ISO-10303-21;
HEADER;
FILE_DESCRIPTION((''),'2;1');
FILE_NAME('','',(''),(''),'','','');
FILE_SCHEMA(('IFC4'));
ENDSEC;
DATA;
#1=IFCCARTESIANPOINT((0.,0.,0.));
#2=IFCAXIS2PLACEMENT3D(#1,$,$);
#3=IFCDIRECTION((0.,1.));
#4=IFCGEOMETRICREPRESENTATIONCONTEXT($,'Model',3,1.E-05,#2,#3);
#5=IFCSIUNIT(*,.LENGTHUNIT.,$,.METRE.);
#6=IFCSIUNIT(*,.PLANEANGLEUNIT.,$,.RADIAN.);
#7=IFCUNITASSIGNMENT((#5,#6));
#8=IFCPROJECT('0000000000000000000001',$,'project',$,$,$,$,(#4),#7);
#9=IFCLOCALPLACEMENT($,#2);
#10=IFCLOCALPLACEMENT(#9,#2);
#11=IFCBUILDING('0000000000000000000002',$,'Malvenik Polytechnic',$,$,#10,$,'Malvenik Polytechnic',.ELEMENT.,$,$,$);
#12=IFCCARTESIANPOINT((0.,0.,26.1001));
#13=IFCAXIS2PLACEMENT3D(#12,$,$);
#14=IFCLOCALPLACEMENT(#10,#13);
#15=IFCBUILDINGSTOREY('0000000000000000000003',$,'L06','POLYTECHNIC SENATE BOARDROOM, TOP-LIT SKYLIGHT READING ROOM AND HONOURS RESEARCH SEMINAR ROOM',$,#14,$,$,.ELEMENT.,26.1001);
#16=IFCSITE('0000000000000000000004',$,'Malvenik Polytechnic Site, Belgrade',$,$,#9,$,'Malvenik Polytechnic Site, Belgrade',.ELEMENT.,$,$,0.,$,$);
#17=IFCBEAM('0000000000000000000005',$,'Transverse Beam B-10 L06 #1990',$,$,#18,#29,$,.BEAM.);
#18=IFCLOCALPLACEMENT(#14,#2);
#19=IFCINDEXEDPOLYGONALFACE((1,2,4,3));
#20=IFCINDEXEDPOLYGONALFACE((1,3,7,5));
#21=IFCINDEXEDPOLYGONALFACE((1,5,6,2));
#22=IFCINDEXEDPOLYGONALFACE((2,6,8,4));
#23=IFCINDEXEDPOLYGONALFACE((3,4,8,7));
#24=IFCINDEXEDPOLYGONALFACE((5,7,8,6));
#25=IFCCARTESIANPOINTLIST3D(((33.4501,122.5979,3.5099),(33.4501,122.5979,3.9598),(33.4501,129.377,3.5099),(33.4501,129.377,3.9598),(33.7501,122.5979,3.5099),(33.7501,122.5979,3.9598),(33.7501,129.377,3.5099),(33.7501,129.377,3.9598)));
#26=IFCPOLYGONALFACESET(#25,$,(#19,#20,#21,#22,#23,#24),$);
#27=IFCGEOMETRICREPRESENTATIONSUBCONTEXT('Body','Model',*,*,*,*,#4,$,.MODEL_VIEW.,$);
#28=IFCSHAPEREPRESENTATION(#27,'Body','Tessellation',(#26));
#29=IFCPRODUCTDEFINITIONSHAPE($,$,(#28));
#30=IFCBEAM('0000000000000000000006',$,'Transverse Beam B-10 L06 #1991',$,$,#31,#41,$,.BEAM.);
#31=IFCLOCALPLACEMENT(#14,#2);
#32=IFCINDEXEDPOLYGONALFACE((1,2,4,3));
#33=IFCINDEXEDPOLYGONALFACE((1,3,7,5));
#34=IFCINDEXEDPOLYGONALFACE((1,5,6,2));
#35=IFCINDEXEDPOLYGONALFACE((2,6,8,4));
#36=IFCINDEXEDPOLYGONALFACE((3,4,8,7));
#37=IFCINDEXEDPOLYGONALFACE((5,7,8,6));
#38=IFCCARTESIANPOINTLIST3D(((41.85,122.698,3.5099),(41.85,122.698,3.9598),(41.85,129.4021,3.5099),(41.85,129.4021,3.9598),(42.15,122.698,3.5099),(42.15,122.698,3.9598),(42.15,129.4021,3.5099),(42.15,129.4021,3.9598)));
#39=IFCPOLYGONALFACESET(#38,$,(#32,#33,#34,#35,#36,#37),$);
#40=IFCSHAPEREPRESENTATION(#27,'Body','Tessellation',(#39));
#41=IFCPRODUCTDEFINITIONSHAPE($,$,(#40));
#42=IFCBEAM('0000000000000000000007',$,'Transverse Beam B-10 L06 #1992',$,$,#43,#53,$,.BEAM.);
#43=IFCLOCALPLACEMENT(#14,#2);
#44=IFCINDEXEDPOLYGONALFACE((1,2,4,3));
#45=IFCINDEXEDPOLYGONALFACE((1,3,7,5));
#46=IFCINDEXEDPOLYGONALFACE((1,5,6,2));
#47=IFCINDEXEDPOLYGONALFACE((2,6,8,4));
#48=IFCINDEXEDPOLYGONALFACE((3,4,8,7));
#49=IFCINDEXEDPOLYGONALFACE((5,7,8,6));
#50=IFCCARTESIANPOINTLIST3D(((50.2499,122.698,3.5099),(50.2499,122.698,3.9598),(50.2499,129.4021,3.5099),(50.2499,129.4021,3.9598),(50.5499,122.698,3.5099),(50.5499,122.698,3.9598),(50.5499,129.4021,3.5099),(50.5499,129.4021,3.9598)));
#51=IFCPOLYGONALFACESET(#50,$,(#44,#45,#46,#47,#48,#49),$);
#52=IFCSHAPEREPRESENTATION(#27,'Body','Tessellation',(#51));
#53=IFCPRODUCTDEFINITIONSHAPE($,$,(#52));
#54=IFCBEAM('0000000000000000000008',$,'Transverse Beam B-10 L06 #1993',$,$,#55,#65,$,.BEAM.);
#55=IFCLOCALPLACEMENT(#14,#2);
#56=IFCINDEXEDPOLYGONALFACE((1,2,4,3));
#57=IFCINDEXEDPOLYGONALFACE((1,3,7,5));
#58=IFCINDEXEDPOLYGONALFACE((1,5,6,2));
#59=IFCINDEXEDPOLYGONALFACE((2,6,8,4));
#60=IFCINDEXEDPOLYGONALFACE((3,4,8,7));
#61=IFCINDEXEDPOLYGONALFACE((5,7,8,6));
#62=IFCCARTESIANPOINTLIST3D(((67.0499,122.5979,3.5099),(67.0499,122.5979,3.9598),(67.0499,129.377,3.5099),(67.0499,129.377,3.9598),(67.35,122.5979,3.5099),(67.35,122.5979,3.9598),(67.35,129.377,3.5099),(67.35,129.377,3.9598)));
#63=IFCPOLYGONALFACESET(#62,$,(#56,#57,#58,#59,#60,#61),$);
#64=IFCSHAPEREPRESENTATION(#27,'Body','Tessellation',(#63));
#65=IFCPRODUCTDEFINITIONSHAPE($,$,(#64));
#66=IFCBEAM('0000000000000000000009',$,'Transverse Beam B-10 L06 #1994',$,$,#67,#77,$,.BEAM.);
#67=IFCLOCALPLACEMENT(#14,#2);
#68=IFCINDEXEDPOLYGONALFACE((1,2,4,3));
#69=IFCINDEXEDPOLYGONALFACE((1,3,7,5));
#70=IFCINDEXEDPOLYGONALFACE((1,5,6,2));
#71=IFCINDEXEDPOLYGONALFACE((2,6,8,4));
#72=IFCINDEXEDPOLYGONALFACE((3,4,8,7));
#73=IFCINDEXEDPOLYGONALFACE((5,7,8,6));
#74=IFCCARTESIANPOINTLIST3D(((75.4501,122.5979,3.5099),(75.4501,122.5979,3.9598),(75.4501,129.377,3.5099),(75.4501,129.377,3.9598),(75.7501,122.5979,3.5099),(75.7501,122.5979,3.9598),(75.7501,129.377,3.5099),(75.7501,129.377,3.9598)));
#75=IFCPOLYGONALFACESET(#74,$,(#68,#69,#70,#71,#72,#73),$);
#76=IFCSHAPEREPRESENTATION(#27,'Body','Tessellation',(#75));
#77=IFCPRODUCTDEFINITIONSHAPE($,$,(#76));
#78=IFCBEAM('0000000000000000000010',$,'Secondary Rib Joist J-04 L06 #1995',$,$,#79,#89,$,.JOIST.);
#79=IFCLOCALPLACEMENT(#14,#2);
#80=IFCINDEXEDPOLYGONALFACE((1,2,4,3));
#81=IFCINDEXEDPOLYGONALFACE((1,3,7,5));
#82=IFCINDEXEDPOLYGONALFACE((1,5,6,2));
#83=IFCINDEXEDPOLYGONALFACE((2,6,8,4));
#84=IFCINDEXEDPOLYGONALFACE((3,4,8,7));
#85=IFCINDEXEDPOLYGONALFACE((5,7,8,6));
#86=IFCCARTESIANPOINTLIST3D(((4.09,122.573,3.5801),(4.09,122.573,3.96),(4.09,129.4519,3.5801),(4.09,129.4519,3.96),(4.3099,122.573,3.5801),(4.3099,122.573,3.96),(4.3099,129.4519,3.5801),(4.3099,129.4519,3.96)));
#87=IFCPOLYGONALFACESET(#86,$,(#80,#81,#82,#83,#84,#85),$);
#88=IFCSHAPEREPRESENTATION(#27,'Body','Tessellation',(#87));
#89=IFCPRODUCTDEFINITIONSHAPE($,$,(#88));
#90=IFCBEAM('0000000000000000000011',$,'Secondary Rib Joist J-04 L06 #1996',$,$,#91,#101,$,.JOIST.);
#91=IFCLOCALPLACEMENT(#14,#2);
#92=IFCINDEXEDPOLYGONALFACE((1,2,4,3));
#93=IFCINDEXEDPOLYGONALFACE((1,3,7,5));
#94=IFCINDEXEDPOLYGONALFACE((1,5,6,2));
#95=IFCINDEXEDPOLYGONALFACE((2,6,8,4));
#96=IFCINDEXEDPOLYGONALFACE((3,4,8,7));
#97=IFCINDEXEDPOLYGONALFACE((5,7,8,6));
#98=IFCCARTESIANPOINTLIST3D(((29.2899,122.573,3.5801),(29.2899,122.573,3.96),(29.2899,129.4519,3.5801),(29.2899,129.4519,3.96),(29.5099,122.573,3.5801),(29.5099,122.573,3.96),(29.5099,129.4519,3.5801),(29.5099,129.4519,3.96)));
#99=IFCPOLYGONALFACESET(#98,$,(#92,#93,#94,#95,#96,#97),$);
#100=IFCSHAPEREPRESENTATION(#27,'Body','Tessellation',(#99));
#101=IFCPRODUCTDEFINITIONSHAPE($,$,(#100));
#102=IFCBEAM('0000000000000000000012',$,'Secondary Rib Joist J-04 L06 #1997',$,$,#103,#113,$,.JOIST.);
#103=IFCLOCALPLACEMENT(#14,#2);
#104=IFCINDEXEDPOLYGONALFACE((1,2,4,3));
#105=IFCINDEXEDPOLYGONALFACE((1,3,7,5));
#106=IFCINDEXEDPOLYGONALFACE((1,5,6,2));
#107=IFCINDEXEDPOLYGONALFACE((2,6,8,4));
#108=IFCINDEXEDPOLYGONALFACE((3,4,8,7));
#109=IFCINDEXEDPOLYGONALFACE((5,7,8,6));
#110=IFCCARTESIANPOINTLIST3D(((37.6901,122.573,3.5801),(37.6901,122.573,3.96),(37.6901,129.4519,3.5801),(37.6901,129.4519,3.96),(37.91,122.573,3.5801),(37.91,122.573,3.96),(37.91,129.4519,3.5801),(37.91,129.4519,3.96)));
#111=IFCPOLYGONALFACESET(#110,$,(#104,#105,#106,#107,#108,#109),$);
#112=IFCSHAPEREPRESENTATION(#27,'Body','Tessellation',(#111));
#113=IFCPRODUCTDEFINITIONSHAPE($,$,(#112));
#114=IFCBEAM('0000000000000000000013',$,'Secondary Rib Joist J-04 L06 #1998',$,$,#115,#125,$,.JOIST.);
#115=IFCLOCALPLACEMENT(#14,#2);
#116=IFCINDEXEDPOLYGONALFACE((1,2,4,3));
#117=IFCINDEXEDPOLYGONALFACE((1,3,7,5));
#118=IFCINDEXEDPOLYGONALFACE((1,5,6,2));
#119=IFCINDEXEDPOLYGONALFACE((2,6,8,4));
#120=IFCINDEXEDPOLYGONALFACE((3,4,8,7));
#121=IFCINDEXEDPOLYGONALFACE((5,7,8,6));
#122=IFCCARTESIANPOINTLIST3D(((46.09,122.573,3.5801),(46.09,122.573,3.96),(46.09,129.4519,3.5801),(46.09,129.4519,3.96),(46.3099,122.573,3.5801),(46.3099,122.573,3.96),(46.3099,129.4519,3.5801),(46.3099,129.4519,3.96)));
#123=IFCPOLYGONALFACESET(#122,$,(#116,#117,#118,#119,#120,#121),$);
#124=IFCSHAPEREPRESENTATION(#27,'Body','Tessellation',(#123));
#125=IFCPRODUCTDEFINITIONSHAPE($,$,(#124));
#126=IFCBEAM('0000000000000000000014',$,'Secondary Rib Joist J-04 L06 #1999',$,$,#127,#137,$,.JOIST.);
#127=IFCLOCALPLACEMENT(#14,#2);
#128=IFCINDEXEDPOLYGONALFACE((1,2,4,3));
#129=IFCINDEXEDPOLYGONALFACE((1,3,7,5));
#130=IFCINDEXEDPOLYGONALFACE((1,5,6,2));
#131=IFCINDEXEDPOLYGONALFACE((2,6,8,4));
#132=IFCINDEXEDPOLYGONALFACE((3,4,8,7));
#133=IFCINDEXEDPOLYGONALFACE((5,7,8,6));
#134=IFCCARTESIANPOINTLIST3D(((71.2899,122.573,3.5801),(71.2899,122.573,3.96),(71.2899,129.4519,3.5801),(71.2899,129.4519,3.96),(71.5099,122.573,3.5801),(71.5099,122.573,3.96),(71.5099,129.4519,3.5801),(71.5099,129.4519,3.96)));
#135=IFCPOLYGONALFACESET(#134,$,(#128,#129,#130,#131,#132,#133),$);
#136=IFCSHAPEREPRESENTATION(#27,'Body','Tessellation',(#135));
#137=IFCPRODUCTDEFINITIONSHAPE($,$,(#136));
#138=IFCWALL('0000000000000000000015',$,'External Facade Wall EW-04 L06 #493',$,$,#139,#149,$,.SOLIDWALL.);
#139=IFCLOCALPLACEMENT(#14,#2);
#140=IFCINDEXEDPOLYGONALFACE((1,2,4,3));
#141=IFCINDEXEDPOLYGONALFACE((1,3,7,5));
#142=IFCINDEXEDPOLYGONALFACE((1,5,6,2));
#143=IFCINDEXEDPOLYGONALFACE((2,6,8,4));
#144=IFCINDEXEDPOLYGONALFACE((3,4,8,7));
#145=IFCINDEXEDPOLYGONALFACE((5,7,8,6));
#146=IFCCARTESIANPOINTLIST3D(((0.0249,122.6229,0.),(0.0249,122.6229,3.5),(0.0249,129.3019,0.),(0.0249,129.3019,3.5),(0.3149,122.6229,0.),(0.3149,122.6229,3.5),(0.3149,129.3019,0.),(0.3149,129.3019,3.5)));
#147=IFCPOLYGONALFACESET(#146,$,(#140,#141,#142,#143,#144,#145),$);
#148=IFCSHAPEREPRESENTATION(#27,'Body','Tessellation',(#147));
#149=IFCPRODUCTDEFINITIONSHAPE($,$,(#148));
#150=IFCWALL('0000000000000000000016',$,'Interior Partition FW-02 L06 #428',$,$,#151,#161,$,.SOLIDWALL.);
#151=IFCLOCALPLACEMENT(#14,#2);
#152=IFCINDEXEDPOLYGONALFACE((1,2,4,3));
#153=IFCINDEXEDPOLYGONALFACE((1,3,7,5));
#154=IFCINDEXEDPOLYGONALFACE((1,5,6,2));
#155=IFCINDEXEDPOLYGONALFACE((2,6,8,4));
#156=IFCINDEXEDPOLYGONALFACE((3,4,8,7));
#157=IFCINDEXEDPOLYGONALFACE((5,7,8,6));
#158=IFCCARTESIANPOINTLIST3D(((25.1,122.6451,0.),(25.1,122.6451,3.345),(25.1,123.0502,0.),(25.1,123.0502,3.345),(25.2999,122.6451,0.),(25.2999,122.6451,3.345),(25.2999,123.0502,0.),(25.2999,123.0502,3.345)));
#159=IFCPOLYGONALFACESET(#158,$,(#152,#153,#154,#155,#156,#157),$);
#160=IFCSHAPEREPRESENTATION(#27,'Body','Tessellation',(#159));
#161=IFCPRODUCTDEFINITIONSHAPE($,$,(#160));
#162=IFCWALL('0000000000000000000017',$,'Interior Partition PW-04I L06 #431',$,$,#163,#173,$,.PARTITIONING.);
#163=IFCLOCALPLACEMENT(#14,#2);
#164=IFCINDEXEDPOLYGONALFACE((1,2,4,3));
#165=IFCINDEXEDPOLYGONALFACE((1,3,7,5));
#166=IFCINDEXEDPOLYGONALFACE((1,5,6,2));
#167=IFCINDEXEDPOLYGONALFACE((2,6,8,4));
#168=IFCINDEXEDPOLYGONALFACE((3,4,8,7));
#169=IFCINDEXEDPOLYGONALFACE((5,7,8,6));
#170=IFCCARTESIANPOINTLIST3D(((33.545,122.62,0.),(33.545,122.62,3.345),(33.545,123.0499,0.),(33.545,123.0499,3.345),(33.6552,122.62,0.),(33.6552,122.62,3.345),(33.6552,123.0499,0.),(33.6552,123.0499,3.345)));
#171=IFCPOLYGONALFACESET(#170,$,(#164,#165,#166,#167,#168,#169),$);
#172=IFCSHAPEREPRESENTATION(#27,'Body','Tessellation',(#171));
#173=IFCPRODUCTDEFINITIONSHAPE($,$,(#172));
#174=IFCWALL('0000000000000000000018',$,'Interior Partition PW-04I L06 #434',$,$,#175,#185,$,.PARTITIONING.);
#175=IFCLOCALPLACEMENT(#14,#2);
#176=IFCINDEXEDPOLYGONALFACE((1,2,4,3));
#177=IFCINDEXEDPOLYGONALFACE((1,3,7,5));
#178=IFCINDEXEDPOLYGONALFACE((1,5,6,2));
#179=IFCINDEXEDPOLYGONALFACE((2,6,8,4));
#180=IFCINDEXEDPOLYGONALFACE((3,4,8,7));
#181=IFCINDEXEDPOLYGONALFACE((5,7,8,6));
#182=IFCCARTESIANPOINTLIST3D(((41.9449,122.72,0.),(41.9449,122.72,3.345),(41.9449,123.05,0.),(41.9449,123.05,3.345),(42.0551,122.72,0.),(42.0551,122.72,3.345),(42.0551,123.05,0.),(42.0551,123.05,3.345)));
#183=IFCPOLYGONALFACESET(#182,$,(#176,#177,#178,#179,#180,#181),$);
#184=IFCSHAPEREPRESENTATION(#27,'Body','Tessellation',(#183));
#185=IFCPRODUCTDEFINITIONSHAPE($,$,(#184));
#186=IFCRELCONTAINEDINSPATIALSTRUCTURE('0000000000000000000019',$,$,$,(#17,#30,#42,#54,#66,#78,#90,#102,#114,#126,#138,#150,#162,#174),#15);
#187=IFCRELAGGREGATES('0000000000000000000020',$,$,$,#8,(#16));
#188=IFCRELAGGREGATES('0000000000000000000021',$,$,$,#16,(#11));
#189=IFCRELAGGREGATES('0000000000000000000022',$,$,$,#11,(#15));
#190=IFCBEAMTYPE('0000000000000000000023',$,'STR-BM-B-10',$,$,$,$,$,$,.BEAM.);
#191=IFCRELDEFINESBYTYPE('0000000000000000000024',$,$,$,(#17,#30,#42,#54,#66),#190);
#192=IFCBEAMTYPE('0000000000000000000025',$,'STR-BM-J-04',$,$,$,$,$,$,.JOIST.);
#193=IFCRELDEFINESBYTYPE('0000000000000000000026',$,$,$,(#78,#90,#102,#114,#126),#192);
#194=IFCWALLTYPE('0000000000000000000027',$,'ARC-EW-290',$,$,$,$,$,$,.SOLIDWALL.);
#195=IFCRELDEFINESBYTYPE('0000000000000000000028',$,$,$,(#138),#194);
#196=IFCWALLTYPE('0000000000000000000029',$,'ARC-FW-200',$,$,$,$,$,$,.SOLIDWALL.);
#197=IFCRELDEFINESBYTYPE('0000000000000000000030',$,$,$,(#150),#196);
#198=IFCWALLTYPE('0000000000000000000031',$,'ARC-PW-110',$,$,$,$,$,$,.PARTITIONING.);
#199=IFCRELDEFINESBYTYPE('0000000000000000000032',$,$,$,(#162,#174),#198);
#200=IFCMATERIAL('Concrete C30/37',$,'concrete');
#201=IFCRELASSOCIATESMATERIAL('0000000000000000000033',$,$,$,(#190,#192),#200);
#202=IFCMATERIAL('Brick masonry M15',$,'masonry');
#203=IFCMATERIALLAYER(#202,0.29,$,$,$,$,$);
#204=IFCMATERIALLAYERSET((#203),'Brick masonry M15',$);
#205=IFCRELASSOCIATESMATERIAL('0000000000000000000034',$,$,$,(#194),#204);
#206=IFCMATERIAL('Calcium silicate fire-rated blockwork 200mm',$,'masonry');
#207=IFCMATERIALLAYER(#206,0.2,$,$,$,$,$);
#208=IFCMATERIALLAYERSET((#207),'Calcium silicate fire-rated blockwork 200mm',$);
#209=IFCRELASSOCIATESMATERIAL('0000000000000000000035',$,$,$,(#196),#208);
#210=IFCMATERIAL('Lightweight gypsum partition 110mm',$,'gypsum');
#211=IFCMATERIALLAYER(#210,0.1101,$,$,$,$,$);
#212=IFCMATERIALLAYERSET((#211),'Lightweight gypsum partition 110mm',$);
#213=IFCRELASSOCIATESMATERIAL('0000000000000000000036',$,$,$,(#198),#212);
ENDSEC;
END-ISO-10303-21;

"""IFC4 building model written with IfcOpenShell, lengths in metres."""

from ifc_helpers import new_model, si_unit, direction, frame, frame_2d, origin, origin_2d, place, context, subcontext, project, spatial, rectangle, extrude, material, layer, layer_set, material_profile, profile_set, type_object, element, save


model = new_model("IFC4")

# Units and contexts
model_context = context("Model", 3, precision=1e-05, world=origin(), true_north=direction((0.0, 1.0)))
body_context = subcontext(model_context, "Body", "Model", "MODEL_VIEW")
ifc_project = project(units=[si_unit("LENGTHUNIT", "METRE"), si_unit("PLANEANGLEUNIT", "RADIAN")], contexts=[model_context])

# Site, building, storey
site_placement = place(None, origin())
site = spatial("IfcSite", under=ifc_project, at=site_placement, Name="Malvenik Polytechnic Site, Belgrade", LongName="Malvenik Polytechnic Site, Belgrade", CompositionType="ELEMENT", RefElevation=0.0)
building_placement = place(site_placement, origin())
building = spatial("IfcBuilding", under=site, at=building_placement, Name="Malvenik Polytechnic", LongName="Malvenik Polytechnic", CompositionType="ELEMENT")
storey_placement = place(building_placement, frame((0.0, 0.0, 26.1001)))
storey = spatial("IfcBuildingStorey", under=building, at=storey_placement, Name="L06", Description="POLYTECHNIC SENATE BOARDROOM, TOP-LIT SKYLIGHT READING ROOM AND HONOURS RESEARCH SEMINAR ROOM", CompositionType="ELEMENT", Elevation=26.1001)

# Shared definitions
ifc_material_1 = material(Name="Concrete C30/37", Category="concrete")

# Beams
ifc_material_profile_1 = material_profile(ifc_material_1, rectangle(XDim=0.3, YDim=0.45, at=origin_2d()), Name="RC BM 300x450")
ifc_profile_set_1 = profile_set([ifc_material_profile_1], Name="Concrete C30/37")
beam_type_1 = type_object("IfcBeamType", Name="STR-BM-B-10", PredefinedType="BEAM", material=ifc_profile_set_1)
beam_1_placement = place(storey_placement, frame((33.6001, 122.5979, 3.7349), z_axis=(0.0, 1.0, 0.0), x_axis=(-1.0, 0.0, 0.0)))
element("IfcBeam", 1, at=beam_1_placement, inside=storey, type_object=beam_type_1, Name="Transverse Beam B-10 L06 #1990", PredefinedType="BEAM", context=body_context, shape_type="SweptSolid", body=[
    extrude(rectangle(XDim=0.3, YDim=0.45, at=origin_2d()), origin(), (0.0, 0.0, 1.0), 6.7791),
])
for number, where, z_axis, x_axis, name in (
    (2, (42.0, 122.698, 3.7349), (0.0, 1.0, 0.0), (-1.0, 0.0, 0.0), "Transverse Beam B-10 L06 #1991"),
    (3, (50.3999, 122.698, 3.7349), (0.0, 1.0, 0.0), (-1.0, 0.0, 0.0), "Transverse Beam B-10 L06 #1992"),
):
    element("IfcBeam", number, at=place(storey_placement, frame(where, z_axis=z_axis, x_axis=x_axis)), inside=storey, type_object=beam_type_1, Name=name, PredefinedType="BEAM", context=body_context, shape_type="SweptSolid", body=[
        extrude(rectangle(XDim=0.3, YDim=0.45, at=origin_2d()), origin(), (0.0, 0.0, 1.0), 6.7041),
    ])
for number, where, z_axis, x_axis, name in (
    (4, (67.2, 122.5979, 3.7349), (0.0, 1.0, 0.0), (-1.0, 0.0, 0.0), "Transverse Beam B-10 L06 #1993"),
    (5, (75.6001, 122.5979, 3.7349), (0.0, 1.0, 0.0), (-1.0, 0.0, 0.0), "Transverse Beam B-10 L06 #1994"),
):
    element("IfcBeam", number, at=place(storey_placement, frame(where, z_axis=z_axis, x_axis=x_axis)), inside=storey, type_object=beam_type_1, Name=name, PredefinedType="BEAM", context=body_context, shape_type="SweptSolid", body=[
        extrude(rectangle(XDim=0.3, YDim=0.45, at=origin_2d()), origin(), (0.0, 0.0, 1.0), 6.7791),
    ])
ifc_material_profile_2 = material_profile(ifc_material_1, rectangle(XDim=0.22, YDim=0.3799, at=origin_2d()), Name="RC JST 220x380")
ifc_profile_set_2 = profile_set([ifc_material_profile_2], Name="Concrete C30/37")
beam_type_2 = type_object("IfcBeamType", Name="STR-BM-J-04", PredefinedType="JOIST", material=ifc_profile_set_2)
for number, where, z_axis, x_axis, name in (
    (6, (4.2, 122.573, 3.77), (0.0, 1.0, 0.0), (-1.0, 0.0, 0.0), "Secondary Rib Joist J-04 L06 #1995"),
    (7, (29.3999, 122.573, 3.77), (0.0, 1.0, 0.0), (-1.0, 0.0, 0.0), "Secondary Rib Joist J-04 L06 #1996"),
    (8, (37.8, 122.573, 3.77), (0.0, 1.0, 0.0), (-1.0, 0.0, 0.0), "Secondary Rib Joist J-04 L06 #1997"),
    (9, (46.2, 122.573, 3.77), (0.0, 1.0, 0.0), (-1.0, 0.0, 0.0), "Secondary Rib Joist J-04 L06 #1998"),
    (10, (71.3999, 122.573, 3.77), (0.0, 1.0, 0.0), (-1.0, 0.0, 0.0), "Secondary Rib Joist J-04 L06 #1999"),
):
    element("IfcBeam", number, at=place(storey_placement, frame(where, z_axis=z_axis, x_axis=x_axis)), inside=storey, type_object=beam_type_2, Name=name, PredefinedType="JOIST", context=body_context, shape_type="SweptSolid", body=[
        extrude(rectangle(XDim=0.22, YDim=0.3799, at=origin_2d()), origin(), (0.0, 0.0, 1.0), 6.8789),
    ])

# Walls
ifc_material_2 = material(Name="Brick masonry M15", Category="masonry")
ifc_layer_1 = layer(ifc_material_2, 0.29)
ifc_layer_set_1 = layer_set([ifc_layer_1], Name="Brick masonry M15")
wall_type_1 = type_object("IfcWallType", Name="ARC-EW-290", PredefinedType="SOLIDWALL", material=ifc_layer_set_1)
wall_1_placement = place(storey_placement, frame((0.1699, 122.623, 0.0), z_axis=(0.0, 0.0, 1.0), x_axis=(0.0, 1.0, 0.0)))
element("IfcWall", 11, at=wall_1_placement, inside=storey, type_object=wall_type_1, Name="External Facade Wall EW-04 L06 #493", PredefinedType="SOLIDWALL", context=body_context, shape_type="SweptSolid", body=[
    extrude(rectangle(XDim=6.679, YDim=0.29, at=frame_2d((3.3394, 0.0))), origin(), (0.0, 0.0, 1.0), 3.5),
])
ifc_material_3 = material(Name="Calcium silicate fire-rated blockwork 200mm", Category="masonry")
ifc_layer_2 = layer(ifc_material_3, 0.2)
ifc_layer_set_2 = layer_set([ifc_layer_2], Name="Calcium silicate fire-rated blockwork 200mm")
wall_type_2 = type_object("IfcWallType", Name="ARC-FW-200", PredefinedType="SOLIDWALL", material=ifc_layer_set_2)
wall_2_placement = place(storey_placement, frame((25.2, 122.645, 0.0), z_axis=(0.0, 0.0, 1.0), x_axis=(0.0, 1.0, 0.0)))
element("IfcWall", 12, at=wall_2_placement, inside=storey, type_object=wall_type_2, Name="Interior Partition FW-02 L06 #428", PredefinedType="SOLIDWALL", context=body_context, shape_type="SweptSolid", body=[
    extrude(rectangle(XDim=0.405, YDim=0.2, at=frame_2d((0.2026, 0.0))), origin(), (0.0, 0.0, 1.0), 3.345),
])
ifc_material_4 = material(Name="Lightweight gypsum partition 110mm", Category="gypsum")
ifc_layer_3 = layer(ifc_material_4, 0.1101)
ifc_layer_set_3 = layer_set([ifc_layer_3], Name="Lightweight gypsum partition 110mm")
wall_type_3 = type_object("IfcWallType", Name="ARC-PW-110", PredefinedType="PARTITIONING", material=ifc_layer_set_3)
wall_3_placement = place(storey_placement, frame((33.6001, 122.6201, 0.0), z_axis=(0.0, 0.0, 1.0), x_axis=(0.0, 1.0, 0.0)))
element("IfcWall", 13, at=wall_3_placement, inside=storey, type_object=wall_type_3, Name="Interior Partition PW-04I L06 #431", PredefinedType="PARTITIONING", context=body_context, shape_type="SweptSolid", body=[
    extrude(rectangle(XDim=0.4299, YDim=0.1101, at=frame_2d((0.2148, 0.0))), origin(), (0.0, 0.0, 1.0), 3.345),
])
wall_4_placement = place(storey_placement, frame((42.0, 122.72, 0.0), z_axis=(0.0, 0.0, 1.0), x_axis=(0.0, 1.0, 0.0)))
element("IfcWall", 14, at=wall_4_placement, inside=storey, type_object=wall_type_3, Name="Interior Partition PW-04I L06 #434", PredefinedType="PARTITIONING", context=body_context, shape_type="SweptSolid", body=[
    extrude(rectangle(XDim=0.3301, YDim=0.1101, at=frame_2d((0.165, 0.0))), origin(), (0.0, 0.0, 1.0), 3.345),
])

save(model, "model.ifc")
